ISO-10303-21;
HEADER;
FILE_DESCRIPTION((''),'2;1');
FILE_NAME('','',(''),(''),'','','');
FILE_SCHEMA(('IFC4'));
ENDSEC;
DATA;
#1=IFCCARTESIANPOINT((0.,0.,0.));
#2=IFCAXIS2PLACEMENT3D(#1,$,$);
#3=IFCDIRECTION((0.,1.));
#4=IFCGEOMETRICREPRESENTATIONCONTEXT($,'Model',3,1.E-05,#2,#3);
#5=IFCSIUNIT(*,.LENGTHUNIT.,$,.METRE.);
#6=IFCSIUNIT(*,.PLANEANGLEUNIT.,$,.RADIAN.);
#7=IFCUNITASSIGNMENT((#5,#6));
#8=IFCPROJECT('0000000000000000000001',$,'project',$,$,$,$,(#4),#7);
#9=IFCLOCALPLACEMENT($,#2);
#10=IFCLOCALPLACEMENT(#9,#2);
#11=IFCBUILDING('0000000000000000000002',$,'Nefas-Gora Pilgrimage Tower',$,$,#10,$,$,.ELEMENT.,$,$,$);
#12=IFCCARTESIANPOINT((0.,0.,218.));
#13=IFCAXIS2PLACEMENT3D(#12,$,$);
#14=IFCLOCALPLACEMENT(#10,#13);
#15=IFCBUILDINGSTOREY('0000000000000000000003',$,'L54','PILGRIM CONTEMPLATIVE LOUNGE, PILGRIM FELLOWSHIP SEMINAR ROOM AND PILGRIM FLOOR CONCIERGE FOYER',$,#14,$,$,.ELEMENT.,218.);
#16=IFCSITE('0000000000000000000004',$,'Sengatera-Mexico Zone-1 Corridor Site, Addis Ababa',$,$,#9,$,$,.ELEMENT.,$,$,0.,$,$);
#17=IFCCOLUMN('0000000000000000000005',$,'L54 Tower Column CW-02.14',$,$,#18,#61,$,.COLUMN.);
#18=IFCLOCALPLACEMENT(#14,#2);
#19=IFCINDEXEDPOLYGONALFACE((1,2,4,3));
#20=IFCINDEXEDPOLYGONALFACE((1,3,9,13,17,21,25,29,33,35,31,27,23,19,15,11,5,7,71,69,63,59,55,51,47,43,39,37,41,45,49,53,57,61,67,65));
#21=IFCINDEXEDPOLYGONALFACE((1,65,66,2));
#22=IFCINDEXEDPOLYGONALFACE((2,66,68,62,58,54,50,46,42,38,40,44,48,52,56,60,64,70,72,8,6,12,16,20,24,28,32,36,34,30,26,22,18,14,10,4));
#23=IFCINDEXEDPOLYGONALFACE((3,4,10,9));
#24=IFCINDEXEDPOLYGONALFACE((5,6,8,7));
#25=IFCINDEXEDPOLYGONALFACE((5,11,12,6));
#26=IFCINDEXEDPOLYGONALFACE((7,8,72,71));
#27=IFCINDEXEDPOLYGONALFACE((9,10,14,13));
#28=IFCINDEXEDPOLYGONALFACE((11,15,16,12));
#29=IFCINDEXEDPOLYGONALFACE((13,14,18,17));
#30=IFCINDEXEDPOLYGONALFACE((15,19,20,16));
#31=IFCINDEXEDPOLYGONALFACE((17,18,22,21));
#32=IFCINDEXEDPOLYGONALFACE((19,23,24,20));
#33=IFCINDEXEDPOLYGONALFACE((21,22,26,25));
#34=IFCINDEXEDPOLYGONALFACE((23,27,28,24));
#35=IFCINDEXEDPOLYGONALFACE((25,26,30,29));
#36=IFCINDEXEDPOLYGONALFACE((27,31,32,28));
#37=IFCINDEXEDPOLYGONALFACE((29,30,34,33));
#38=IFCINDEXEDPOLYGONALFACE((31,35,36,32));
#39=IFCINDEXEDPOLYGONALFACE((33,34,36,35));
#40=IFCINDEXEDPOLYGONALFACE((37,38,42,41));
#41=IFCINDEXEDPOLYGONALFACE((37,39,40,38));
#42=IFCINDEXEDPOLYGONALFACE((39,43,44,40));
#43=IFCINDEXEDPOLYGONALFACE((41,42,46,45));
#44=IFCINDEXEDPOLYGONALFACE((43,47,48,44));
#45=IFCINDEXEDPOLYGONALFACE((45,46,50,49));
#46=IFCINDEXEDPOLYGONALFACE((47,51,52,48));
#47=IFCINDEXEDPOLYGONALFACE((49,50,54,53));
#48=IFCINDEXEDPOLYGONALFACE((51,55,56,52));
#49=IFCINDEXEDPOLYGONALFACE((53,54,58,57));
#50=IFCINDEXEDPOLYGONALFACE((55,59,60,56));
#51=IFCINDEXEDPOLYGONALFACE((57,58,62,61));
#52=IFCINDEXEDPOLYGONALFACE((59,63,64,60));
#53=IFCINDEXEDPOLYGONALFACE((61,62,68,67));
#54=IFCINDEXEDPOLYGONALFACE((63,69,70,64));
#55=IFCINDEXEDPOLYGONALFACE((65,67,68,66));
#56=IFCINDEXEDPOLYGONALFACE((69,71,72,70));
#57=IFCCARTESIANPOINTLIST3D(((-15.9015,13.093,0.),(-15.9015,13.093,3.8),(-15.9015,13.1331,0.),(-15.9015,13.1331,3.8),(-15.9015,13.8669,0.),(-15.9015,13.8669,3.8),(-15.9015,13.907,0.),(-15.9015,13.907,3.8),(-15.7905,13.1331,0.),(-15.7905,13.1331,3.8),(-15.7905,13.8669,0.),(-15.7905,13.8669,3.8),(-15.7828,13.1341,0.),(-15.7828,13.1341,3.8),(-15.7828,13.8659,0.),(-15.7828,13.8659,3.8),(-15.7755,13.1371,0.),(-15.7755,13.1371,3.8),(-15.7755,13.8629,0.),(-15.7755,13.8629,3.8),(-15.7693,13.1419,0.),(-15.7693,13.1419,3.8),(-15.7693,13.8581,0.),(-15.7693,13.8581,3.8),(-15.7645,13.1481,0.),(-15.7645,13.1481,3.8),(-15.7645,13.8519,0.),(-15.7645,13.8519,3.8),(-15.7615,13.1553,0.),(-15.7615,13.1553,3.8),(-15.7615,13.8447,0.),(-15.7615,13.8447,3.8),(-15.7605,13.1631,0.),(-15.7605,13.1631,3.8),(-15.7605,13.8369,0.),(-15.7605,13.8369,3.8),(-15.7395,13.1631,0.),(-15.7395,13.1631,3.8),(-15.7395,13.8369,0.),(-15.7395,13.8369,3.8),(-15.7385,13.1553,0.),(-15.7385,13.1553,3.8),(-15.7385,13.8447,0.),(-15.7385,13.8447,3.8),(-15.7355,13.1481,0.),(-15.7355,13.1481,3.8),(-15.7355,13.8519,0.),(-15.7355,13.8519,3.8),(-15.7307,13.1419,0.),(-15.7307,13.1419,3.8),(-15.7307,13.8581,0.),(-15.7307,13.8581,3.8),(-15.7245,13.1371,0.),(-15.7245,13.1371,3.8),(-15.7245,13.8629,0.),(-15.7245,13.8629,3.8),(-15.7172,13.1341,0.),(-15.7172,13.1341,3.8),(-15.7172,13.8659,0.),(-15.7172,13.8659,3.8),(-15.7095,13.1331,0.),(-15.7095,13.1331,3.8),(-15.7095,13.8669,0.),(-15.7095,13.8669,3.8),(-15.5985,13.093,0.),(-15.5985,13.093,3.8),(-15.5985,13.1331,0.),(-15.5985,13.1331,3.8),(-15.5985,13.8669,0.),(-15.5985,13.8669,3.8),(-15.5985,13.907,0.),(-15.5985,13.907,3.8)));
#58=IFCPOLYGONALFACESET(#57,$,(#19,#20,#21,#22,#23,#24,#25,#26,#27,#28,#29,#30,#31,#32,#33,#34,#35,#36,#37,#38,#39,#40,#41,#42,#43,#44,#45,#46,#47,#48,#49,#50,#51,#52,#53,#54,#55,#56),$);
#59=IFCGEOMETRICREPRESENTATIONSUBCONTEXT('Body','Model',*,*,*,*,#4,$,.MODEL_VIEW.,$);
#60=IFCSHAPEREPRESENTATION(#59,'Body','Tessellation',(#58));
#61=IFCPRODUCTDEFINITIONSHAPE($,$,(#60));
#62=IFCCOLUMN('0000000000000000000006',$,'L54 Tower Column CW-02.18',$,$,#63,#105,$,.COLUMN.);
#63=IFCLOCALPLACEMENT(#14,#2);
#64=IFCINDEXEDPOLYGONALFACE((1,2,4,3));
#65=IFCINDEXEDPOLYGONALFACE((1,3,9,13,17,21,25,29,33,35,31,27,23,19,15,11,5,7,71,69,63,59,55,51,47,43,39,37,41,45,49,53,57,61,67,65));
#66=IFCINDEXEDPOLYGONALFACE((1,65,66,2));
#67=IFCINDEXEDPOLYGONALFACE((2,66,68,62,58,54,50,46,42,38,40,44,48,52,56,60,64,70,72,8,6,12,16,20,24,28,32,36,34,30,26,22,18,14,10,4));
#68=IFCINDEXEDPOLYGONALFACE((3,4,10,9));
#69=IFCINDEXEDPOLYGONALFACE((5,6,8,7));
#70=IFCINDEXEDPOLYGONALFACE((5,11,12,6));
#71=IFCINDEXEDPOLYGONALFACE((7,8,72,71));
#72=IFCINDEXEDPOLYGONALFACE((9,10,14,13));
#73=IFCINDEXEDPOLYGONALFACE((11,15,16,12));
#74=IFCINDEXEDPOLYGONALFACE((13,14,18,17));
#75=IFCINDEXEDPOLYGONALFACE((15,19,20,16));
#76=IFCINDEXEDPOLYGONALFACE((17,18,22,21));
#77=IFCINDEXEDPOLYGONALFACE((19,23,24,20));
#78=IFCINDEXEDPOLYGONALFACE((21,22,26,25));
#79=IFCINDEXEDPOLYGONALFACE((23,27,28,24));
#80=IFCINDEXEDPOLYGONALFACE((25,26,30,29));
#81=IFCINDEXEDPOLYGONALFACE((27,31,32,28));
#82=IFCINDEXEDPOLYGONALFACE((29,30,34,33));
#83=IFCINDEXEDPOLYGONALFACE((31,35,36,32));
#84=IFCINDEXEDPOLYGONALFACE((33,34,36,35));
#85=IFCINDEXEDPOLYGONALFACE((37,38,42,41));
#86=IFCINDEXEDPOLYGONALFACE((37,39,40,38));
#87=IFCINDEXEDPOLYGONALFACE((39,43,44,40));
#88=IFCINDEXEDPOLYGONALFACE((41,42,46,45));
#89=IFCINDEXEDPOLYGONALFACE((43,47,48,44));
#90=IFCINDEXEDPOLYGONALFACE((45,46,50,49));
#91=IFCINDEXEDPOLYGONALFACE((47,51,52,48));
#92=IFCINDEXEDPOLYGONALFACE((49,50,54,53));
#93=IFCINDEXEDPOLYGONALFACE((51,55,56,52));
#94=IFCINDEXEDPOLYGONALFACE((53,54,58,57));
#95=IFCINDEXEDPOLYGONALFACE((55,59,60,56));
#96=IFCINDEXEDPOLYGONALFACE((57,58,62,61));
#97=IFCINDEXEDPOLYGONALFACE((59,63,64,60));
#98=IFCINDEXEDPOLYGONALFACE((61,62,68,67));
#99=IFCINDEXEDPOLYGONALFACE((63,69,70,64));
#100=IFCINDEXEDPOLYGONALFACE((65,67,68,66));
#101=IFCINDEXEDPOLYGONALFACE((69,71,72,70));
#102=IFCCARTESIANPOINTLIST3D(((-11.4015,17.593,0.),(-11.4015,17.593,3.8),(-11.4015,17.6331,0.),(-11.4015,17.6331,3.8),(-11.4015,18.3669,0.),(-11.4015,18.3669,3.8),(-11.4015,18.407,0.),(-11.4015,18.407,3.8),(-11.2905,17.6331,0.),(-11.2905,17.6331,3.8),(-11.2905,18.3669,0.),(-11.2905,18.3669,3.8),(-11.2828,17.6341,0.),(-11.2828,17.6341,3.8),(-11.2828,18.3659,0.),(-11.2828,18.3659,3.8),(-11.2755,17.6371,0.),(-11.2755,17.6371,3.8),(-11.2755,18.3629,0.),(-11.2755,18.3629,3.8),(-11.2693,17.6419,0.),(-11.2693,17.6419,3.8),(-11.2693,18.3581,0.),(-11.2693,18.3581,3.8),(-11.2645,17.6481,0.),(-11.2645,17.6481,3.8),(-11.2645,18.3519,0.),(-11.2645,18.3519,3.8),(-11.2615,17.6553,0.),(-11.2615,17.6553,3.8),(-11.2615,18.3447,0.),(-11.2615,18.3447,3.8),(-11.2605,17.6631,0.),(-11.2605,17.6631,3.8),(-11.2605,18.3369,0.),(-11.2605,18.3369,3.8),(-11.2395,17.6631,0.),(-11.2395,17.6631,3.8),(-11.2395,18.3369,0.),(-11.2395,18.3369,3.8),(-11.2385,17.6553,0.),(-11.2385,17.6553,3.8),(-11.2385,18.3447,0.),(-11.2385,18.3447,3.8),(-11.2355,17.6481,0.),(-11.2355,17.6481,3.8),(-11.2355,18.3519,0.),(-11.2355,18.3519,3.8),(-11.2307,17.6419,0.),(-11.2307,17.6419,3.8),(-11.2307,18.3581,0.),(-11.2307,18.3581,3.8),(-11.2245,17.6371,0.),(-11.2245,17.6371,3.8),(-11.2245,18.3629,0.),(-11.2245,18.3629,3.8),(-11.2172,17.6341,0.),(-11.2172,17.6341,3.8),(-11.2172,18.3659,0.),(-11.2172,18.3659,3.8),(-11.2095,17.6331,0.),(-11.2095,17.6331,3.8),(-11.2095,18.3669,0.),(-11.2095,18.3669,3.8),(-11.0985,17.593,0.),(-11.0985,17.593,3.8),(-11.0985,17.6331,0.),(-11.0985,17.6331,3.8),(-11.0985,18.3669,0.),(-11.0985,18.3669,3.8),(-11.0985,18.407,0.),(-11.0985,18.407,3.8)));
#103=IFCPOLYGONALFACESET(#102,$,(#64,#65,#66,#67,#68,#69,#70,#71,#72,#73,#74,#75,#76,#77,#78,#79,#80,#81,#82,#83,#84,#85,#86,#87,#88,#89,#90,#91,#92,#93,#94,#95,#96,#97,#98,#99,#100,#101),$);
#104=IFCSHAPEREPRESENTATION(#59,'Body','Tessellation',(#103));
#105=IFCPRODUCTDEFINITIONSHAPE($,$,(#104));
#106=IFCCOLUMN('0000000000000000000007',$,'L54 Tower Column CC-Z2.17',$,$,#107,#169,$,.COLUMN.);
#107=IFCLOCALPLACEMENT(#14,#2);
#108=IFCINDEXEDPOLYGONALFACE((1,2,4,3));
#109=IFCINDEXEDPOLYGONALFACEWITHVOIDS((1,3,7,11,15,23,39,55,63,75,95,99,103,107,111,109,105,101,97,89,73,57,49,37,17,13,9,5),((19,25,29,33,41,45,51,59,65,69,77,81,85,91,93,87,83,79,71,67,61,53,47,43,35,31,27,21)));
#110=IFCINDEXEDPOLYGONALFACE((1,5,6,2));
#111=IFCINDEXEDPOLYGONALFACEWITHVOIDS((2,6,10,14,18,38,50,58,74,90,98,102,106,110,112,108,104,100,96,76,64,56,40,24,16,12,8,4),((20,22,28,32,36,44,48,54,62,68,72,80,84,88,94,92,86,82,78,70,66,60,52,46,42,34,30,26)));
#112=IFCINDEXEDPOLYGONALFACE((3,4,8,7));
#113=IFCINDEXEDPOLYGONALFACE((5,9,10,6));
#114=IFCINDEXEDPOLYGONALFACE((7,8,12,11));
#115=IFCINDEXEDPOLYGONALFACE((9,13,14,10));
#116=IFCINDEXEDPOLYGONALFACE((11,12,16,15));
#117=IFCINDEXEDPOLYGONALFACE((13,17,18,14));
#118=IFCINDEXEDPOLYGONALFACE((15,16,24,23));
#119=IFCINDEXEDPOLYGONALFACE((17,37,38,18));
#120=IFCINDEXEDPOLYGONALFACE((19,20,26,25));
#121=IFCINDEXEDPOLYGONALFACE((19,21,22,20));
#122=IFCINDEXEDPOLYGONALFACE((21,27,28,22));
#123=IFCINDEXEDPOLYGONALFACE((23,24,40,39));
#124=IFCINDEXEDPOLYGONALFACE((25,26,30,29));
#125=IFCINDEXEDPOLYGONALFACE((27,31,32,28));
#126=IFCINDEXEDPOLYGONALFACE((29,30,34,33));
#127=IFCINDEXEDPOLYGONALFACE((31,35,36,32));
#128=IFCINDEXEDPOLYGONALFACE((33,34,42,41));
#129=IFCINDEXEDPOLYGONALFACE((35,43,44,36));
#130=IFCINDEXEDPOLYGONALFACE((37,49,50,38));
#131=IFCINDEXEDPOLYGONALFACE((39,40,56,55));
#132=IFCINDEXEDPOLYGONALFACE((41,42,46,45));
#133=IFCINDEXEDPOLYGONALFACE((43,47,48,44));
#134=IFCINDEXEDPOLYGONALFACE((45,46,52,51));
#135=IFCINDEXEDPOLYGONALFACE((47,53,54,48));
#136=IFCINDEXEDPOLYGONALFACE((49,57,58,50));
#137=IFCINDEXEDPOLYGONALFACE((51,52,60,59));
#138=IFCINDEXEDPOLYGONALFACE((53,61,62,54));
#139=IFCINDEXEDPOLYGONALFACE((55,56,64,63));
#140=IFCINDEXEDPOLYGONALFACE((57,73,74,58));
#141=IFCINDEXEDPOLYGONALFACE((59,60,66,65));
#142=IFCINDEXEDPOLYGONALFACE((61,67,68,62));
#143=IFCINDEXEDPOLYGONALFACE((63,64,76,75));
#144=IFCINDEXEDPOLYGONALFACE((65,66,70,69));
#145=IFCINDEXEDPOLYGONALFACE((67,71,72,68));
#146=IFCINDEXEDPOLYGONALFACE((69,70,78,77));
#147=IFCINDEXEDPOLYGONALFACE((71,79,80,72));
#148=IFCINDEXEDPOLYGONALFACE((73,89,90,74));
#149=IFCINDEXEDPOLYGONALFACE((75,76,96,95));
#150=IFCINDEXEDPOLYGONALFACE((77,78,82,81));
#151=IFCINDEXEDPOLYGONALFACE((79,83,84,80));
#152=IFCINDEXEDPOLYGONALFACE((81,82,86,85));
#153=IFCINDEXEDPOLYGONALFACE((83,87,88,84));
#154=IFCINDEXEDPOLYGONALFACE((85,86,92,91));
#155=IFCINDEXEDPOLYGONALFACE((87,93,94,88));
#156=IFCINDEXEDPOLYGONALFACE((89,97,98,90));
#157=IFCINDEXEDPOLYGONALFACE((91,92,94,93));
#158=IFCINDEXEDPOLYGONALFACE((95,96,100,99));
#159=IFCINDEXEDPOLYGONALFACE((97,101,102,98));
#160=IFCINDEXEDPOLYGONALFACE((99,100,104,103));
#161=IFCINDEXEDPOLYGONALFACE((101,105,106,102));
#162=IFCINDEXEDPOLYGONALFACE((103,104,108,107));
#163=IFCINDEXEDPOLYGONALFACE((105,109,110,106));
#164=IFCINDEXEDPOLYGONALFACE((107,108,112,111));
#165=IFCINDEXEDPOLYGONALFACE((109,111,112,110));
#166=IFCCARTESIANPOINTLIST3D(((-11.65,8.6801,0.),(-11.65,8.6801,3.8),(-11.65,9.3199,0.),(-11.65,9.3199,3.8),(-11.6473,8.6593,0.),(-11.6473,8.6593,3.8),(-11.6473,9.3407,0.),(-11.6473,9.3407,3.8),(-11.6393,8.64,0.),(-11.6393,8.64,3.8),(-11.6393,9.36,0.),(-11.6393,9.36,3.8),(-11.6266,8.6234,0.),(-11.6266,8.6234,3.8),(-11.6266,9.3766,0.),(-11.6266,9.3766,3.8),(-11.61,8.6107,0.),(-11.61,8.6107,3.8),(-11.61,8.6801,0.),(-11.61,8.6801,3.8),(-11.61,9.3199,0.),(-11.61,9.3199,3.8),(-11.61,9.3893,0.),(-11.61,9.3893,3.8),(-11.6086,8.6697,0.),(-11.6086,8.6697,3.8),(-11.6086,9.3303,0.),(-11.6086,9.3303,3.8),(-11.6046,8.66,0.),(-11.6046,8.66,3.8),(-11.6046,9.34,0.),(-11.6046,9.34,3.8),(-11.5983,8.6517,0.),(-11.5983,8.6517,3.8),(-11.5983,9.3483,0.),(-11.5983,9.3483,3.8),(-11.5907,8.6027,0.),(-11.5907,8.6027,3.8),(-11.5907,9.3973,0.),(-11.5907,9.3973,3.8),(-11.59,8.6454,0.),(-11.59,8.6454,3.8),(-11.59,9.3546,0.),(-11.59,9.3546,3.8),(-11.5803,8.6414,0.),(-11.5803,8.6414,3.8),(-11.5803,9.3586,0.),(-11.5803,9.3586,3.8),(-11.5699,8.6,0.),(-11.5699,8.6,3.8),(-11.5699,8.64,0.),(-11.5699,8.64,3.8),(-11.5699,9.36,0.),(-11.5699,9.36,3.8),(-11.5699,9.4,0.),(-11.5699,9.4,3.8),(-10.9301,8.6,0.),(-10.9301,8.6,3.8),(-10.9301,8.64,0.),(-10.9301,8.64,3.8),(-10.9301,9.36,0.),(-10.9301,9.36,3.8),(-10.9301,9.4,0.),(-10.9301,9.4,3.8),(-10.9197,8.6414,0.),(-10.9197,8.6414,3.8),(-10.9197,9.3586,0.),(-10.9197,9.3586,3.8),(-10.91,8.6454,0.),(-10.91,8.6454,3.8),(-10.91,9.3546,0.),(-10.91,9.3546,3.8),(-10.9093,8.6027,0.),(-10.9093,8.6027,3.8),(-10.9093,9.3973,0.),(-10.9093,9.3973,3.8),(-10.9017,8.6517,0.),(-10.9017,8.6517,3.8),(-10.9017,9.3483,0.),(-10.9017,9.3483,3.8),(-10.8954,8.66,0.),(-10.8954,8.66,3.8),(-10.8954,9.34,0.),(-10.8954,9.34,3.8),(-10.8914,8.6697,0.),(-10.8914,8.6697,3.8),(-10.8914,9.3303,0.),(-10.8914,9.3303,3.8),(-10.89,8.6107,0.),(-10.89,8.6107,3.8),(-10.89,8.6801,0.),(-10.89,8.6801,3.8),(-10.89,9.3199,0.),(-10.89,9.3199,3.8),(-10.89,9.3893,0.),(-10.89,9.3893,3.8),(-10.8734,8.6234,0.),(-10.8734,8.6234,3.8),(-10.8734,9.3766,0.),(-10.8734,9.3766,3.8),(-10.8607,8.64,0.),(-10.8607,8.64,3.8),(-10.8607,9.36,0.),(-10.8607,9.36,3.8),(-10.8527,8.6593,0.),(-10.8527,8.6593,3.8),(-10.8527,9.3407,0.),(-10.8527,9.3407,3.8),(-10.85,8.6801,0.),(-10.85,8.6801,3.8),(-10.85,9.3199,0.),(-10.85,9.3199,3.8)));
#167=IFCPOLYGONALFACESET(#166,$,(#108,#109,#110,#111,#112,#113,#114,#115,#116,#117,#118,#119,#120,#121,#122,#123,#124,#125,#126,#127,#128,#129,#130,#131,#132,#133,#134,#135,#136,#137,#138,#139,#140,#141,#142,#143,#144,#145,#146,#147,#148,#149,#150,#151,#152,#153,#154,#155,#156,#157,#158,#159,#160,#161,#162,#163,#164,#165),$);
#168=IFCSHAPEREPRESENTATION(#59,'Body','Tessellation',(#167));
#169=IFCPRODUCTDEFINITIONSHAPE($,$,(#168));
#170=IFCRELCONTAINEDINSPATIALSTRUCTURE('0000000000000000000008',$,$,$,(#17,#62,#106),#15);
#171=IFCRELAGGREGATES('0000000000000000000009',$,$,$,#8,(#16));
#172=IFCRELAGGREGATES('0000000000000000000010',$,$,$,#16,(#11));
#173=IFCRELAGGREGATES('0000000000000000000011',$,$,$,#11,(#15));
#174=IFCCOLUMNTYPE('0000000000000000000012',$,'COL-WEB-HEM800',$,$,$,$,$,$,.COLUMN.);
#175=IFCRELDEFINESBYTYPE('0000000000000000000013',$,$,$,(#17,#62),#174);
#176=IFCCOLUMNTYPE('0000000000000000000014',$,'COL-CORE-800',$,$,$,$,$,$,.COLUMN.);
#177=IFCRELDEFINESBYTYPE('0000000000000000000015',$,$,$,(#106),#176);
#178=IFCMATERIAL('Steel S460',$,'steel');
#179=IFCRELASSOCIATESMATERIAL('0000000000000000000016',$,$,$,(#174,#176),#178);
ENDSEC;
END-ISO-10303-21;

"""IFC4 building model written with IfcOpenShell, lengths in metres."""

from ifc_helpers import new_model, si_unit, direction, frame, origin, origin_2d, place, context, subcontext, project, spatial, hollow_rectangle, i_section, extrude, source, transform, mapped, material, material_profile, profile_set, type_object, element, save


model = new_model("IFC4")

# Units and contexts
model_context = context("Model", 3, precision=1e-05, world=origin(), true_north=direction((0.0, 1.0)))
body_context = subcontext(model_context, "Body", "Model", "MODEL_VIEW")
ifc_project = project(units=[si_unit("LENGTHUNIT", "METRE"), si_unit("PLANEANGLEUNIT", "RADIAN")], contexts=[model_context])

# Site, building, storey
site_placement = place(None, origin())
site = spatial("IfcSite", under=ifc_project, at=site_placement, Name="Sengatera-Mexico Zone-1 Corridor Site, Addis Ababa", CompositionType="ELEMENT", RefElevation=0.0)
building_placement = place(site_placement, origin())
building = spatial("IfcBuilding", under=site, at=building_placement, Name="Nefas-Gora Pilgrimage Tower", CompositionType="ELEMENT")
storey_placement = place(building_placement, frame((0.0, 0.0, 218.0)))
storey = spatial("IfcBuildingStorey", under=building, at=storey_placement, Name="L54", Description="PILGRIM CONTEMPLATIVE LOUNGE, PILGRIM FELLOWSHIP SEMINAR ROOM AND PILGRIM FLOOR CONCIERGE FOYER", CompositionType="ELEMENT", Elevation=218.0)

# Columns
ifc_material_1 = material(Name="Steel S460", Category="steel")
ifc_material_profile_1 = material_profile(ifc_material_1, i_section(OverallWidth=0.303, OverallDepth=0.814, WebThickness=0.021, FlangeThickness=0.04, FilletRadius=0.03, at=origin_2d()), Name="HEM 800")
ifc_profile_set_1 = profile_set([ifc_material_profile_1], Name="Steel S460")
column_type_1 = type_object("IfcColumnType", Name="COL-WEB-HEM800", PredefinedType="COLUMN", material=ifc_profile_set_1)
shared_shape_1 = source(origin(), body_context, "Body", "SweptSolid", [
    extrude(i_section(OverallWidth=0.303, OverallDepth=0.814, WebThickness=0.021, FlangeThickness=0.04, FilletRadius=0.03, at=origin_2d()), origin(), (0.0, 0.0, 1.0), 3.8),
])
for number, where, z_axis, x_axis, name in (
    (1, (-15.75, 13.5, 0.0), (0.0, 0.0, 1.0), (1.0, 0.0, 0.0), "L54 Tower Column CW-02.14"),
    (2, (-11.25, 18.0, 0.0), (0.0, 0.0, 1.0), (1.0, 0.0, 0.0), "L54 Tower Column CW-02.18"),
):
    element("IfcColumn", number, at=place(storey_placement, frame(where, z_axis=z_axis, x_axis=x_axis)), inside=storey, type_object=column_type_1, Name=name, PredefinedType="COLUMN", context=body_context, shape_type="MappedRepresentation", body=[
        mapped(shared_shape_1, transform((0.0, 0.0, 0.0), x_axis=(1.0, 0.0, 0.0), y_axis=(0.0, 1.0, 0.0), z_axis=(0.0, 0.0, 1.0), scale=1.0)),
    ])
ifc_material_profile_2 = material_profile(ifc_material_1, hollow_rectangle(XDim=0.8, YDim=0.8, WallThickness=0.04, InnerFilletRadius=0.04, OuterFilletRadius=0.0801, at=origin_2d()), Name="BOX 800x800x40")
ifc_profile_set_2 = profile_set([ifc_material_profile_2], Name="Steel S460")
column_type_2 = type_object("IfcColumnType", Name="COL-CORE-800", PredefinedType="COLUMN", material=ifc_profile_set_2)
shared_shape_2 = source(origin(), body_context, "Body", "SweptSolid", [
    extrude(hollow_rectangle(XDim=0.8, YDim=0.8, WallThickness=0.04, InnerFilletRadius=0.04, OuterFilletRadius=0.0801, at=origin_2d()), origin(), (0.0, 0.0, 1.0), 3.8),
])
column_1_placement = place(storey_placement, frame((-11.25, 9.0, 0.0), z_axis=(0.0, 0.0, 1.0), x_axis=(1.0, 0.0, 0.0)))
element("IfcColumn", 3, at=column_1_placement, inside=storey, type_object=column_type_2, Name="L54 Tower Column CC-Z2.17", PredefinedType="COLUMN", context=body_context, shape_type="MappedRepresentation", body=[
    mapped(shared_shape_2, transform((0.0, 0.0, 0.0), x_axis=(1.0, 0.0, 0.0), y_axis=(0.0, 1.0, 0.0), z_axis=(0.0, 0.0, 1.0), scale=1.0)),
])

save(model, "model.ifc")
